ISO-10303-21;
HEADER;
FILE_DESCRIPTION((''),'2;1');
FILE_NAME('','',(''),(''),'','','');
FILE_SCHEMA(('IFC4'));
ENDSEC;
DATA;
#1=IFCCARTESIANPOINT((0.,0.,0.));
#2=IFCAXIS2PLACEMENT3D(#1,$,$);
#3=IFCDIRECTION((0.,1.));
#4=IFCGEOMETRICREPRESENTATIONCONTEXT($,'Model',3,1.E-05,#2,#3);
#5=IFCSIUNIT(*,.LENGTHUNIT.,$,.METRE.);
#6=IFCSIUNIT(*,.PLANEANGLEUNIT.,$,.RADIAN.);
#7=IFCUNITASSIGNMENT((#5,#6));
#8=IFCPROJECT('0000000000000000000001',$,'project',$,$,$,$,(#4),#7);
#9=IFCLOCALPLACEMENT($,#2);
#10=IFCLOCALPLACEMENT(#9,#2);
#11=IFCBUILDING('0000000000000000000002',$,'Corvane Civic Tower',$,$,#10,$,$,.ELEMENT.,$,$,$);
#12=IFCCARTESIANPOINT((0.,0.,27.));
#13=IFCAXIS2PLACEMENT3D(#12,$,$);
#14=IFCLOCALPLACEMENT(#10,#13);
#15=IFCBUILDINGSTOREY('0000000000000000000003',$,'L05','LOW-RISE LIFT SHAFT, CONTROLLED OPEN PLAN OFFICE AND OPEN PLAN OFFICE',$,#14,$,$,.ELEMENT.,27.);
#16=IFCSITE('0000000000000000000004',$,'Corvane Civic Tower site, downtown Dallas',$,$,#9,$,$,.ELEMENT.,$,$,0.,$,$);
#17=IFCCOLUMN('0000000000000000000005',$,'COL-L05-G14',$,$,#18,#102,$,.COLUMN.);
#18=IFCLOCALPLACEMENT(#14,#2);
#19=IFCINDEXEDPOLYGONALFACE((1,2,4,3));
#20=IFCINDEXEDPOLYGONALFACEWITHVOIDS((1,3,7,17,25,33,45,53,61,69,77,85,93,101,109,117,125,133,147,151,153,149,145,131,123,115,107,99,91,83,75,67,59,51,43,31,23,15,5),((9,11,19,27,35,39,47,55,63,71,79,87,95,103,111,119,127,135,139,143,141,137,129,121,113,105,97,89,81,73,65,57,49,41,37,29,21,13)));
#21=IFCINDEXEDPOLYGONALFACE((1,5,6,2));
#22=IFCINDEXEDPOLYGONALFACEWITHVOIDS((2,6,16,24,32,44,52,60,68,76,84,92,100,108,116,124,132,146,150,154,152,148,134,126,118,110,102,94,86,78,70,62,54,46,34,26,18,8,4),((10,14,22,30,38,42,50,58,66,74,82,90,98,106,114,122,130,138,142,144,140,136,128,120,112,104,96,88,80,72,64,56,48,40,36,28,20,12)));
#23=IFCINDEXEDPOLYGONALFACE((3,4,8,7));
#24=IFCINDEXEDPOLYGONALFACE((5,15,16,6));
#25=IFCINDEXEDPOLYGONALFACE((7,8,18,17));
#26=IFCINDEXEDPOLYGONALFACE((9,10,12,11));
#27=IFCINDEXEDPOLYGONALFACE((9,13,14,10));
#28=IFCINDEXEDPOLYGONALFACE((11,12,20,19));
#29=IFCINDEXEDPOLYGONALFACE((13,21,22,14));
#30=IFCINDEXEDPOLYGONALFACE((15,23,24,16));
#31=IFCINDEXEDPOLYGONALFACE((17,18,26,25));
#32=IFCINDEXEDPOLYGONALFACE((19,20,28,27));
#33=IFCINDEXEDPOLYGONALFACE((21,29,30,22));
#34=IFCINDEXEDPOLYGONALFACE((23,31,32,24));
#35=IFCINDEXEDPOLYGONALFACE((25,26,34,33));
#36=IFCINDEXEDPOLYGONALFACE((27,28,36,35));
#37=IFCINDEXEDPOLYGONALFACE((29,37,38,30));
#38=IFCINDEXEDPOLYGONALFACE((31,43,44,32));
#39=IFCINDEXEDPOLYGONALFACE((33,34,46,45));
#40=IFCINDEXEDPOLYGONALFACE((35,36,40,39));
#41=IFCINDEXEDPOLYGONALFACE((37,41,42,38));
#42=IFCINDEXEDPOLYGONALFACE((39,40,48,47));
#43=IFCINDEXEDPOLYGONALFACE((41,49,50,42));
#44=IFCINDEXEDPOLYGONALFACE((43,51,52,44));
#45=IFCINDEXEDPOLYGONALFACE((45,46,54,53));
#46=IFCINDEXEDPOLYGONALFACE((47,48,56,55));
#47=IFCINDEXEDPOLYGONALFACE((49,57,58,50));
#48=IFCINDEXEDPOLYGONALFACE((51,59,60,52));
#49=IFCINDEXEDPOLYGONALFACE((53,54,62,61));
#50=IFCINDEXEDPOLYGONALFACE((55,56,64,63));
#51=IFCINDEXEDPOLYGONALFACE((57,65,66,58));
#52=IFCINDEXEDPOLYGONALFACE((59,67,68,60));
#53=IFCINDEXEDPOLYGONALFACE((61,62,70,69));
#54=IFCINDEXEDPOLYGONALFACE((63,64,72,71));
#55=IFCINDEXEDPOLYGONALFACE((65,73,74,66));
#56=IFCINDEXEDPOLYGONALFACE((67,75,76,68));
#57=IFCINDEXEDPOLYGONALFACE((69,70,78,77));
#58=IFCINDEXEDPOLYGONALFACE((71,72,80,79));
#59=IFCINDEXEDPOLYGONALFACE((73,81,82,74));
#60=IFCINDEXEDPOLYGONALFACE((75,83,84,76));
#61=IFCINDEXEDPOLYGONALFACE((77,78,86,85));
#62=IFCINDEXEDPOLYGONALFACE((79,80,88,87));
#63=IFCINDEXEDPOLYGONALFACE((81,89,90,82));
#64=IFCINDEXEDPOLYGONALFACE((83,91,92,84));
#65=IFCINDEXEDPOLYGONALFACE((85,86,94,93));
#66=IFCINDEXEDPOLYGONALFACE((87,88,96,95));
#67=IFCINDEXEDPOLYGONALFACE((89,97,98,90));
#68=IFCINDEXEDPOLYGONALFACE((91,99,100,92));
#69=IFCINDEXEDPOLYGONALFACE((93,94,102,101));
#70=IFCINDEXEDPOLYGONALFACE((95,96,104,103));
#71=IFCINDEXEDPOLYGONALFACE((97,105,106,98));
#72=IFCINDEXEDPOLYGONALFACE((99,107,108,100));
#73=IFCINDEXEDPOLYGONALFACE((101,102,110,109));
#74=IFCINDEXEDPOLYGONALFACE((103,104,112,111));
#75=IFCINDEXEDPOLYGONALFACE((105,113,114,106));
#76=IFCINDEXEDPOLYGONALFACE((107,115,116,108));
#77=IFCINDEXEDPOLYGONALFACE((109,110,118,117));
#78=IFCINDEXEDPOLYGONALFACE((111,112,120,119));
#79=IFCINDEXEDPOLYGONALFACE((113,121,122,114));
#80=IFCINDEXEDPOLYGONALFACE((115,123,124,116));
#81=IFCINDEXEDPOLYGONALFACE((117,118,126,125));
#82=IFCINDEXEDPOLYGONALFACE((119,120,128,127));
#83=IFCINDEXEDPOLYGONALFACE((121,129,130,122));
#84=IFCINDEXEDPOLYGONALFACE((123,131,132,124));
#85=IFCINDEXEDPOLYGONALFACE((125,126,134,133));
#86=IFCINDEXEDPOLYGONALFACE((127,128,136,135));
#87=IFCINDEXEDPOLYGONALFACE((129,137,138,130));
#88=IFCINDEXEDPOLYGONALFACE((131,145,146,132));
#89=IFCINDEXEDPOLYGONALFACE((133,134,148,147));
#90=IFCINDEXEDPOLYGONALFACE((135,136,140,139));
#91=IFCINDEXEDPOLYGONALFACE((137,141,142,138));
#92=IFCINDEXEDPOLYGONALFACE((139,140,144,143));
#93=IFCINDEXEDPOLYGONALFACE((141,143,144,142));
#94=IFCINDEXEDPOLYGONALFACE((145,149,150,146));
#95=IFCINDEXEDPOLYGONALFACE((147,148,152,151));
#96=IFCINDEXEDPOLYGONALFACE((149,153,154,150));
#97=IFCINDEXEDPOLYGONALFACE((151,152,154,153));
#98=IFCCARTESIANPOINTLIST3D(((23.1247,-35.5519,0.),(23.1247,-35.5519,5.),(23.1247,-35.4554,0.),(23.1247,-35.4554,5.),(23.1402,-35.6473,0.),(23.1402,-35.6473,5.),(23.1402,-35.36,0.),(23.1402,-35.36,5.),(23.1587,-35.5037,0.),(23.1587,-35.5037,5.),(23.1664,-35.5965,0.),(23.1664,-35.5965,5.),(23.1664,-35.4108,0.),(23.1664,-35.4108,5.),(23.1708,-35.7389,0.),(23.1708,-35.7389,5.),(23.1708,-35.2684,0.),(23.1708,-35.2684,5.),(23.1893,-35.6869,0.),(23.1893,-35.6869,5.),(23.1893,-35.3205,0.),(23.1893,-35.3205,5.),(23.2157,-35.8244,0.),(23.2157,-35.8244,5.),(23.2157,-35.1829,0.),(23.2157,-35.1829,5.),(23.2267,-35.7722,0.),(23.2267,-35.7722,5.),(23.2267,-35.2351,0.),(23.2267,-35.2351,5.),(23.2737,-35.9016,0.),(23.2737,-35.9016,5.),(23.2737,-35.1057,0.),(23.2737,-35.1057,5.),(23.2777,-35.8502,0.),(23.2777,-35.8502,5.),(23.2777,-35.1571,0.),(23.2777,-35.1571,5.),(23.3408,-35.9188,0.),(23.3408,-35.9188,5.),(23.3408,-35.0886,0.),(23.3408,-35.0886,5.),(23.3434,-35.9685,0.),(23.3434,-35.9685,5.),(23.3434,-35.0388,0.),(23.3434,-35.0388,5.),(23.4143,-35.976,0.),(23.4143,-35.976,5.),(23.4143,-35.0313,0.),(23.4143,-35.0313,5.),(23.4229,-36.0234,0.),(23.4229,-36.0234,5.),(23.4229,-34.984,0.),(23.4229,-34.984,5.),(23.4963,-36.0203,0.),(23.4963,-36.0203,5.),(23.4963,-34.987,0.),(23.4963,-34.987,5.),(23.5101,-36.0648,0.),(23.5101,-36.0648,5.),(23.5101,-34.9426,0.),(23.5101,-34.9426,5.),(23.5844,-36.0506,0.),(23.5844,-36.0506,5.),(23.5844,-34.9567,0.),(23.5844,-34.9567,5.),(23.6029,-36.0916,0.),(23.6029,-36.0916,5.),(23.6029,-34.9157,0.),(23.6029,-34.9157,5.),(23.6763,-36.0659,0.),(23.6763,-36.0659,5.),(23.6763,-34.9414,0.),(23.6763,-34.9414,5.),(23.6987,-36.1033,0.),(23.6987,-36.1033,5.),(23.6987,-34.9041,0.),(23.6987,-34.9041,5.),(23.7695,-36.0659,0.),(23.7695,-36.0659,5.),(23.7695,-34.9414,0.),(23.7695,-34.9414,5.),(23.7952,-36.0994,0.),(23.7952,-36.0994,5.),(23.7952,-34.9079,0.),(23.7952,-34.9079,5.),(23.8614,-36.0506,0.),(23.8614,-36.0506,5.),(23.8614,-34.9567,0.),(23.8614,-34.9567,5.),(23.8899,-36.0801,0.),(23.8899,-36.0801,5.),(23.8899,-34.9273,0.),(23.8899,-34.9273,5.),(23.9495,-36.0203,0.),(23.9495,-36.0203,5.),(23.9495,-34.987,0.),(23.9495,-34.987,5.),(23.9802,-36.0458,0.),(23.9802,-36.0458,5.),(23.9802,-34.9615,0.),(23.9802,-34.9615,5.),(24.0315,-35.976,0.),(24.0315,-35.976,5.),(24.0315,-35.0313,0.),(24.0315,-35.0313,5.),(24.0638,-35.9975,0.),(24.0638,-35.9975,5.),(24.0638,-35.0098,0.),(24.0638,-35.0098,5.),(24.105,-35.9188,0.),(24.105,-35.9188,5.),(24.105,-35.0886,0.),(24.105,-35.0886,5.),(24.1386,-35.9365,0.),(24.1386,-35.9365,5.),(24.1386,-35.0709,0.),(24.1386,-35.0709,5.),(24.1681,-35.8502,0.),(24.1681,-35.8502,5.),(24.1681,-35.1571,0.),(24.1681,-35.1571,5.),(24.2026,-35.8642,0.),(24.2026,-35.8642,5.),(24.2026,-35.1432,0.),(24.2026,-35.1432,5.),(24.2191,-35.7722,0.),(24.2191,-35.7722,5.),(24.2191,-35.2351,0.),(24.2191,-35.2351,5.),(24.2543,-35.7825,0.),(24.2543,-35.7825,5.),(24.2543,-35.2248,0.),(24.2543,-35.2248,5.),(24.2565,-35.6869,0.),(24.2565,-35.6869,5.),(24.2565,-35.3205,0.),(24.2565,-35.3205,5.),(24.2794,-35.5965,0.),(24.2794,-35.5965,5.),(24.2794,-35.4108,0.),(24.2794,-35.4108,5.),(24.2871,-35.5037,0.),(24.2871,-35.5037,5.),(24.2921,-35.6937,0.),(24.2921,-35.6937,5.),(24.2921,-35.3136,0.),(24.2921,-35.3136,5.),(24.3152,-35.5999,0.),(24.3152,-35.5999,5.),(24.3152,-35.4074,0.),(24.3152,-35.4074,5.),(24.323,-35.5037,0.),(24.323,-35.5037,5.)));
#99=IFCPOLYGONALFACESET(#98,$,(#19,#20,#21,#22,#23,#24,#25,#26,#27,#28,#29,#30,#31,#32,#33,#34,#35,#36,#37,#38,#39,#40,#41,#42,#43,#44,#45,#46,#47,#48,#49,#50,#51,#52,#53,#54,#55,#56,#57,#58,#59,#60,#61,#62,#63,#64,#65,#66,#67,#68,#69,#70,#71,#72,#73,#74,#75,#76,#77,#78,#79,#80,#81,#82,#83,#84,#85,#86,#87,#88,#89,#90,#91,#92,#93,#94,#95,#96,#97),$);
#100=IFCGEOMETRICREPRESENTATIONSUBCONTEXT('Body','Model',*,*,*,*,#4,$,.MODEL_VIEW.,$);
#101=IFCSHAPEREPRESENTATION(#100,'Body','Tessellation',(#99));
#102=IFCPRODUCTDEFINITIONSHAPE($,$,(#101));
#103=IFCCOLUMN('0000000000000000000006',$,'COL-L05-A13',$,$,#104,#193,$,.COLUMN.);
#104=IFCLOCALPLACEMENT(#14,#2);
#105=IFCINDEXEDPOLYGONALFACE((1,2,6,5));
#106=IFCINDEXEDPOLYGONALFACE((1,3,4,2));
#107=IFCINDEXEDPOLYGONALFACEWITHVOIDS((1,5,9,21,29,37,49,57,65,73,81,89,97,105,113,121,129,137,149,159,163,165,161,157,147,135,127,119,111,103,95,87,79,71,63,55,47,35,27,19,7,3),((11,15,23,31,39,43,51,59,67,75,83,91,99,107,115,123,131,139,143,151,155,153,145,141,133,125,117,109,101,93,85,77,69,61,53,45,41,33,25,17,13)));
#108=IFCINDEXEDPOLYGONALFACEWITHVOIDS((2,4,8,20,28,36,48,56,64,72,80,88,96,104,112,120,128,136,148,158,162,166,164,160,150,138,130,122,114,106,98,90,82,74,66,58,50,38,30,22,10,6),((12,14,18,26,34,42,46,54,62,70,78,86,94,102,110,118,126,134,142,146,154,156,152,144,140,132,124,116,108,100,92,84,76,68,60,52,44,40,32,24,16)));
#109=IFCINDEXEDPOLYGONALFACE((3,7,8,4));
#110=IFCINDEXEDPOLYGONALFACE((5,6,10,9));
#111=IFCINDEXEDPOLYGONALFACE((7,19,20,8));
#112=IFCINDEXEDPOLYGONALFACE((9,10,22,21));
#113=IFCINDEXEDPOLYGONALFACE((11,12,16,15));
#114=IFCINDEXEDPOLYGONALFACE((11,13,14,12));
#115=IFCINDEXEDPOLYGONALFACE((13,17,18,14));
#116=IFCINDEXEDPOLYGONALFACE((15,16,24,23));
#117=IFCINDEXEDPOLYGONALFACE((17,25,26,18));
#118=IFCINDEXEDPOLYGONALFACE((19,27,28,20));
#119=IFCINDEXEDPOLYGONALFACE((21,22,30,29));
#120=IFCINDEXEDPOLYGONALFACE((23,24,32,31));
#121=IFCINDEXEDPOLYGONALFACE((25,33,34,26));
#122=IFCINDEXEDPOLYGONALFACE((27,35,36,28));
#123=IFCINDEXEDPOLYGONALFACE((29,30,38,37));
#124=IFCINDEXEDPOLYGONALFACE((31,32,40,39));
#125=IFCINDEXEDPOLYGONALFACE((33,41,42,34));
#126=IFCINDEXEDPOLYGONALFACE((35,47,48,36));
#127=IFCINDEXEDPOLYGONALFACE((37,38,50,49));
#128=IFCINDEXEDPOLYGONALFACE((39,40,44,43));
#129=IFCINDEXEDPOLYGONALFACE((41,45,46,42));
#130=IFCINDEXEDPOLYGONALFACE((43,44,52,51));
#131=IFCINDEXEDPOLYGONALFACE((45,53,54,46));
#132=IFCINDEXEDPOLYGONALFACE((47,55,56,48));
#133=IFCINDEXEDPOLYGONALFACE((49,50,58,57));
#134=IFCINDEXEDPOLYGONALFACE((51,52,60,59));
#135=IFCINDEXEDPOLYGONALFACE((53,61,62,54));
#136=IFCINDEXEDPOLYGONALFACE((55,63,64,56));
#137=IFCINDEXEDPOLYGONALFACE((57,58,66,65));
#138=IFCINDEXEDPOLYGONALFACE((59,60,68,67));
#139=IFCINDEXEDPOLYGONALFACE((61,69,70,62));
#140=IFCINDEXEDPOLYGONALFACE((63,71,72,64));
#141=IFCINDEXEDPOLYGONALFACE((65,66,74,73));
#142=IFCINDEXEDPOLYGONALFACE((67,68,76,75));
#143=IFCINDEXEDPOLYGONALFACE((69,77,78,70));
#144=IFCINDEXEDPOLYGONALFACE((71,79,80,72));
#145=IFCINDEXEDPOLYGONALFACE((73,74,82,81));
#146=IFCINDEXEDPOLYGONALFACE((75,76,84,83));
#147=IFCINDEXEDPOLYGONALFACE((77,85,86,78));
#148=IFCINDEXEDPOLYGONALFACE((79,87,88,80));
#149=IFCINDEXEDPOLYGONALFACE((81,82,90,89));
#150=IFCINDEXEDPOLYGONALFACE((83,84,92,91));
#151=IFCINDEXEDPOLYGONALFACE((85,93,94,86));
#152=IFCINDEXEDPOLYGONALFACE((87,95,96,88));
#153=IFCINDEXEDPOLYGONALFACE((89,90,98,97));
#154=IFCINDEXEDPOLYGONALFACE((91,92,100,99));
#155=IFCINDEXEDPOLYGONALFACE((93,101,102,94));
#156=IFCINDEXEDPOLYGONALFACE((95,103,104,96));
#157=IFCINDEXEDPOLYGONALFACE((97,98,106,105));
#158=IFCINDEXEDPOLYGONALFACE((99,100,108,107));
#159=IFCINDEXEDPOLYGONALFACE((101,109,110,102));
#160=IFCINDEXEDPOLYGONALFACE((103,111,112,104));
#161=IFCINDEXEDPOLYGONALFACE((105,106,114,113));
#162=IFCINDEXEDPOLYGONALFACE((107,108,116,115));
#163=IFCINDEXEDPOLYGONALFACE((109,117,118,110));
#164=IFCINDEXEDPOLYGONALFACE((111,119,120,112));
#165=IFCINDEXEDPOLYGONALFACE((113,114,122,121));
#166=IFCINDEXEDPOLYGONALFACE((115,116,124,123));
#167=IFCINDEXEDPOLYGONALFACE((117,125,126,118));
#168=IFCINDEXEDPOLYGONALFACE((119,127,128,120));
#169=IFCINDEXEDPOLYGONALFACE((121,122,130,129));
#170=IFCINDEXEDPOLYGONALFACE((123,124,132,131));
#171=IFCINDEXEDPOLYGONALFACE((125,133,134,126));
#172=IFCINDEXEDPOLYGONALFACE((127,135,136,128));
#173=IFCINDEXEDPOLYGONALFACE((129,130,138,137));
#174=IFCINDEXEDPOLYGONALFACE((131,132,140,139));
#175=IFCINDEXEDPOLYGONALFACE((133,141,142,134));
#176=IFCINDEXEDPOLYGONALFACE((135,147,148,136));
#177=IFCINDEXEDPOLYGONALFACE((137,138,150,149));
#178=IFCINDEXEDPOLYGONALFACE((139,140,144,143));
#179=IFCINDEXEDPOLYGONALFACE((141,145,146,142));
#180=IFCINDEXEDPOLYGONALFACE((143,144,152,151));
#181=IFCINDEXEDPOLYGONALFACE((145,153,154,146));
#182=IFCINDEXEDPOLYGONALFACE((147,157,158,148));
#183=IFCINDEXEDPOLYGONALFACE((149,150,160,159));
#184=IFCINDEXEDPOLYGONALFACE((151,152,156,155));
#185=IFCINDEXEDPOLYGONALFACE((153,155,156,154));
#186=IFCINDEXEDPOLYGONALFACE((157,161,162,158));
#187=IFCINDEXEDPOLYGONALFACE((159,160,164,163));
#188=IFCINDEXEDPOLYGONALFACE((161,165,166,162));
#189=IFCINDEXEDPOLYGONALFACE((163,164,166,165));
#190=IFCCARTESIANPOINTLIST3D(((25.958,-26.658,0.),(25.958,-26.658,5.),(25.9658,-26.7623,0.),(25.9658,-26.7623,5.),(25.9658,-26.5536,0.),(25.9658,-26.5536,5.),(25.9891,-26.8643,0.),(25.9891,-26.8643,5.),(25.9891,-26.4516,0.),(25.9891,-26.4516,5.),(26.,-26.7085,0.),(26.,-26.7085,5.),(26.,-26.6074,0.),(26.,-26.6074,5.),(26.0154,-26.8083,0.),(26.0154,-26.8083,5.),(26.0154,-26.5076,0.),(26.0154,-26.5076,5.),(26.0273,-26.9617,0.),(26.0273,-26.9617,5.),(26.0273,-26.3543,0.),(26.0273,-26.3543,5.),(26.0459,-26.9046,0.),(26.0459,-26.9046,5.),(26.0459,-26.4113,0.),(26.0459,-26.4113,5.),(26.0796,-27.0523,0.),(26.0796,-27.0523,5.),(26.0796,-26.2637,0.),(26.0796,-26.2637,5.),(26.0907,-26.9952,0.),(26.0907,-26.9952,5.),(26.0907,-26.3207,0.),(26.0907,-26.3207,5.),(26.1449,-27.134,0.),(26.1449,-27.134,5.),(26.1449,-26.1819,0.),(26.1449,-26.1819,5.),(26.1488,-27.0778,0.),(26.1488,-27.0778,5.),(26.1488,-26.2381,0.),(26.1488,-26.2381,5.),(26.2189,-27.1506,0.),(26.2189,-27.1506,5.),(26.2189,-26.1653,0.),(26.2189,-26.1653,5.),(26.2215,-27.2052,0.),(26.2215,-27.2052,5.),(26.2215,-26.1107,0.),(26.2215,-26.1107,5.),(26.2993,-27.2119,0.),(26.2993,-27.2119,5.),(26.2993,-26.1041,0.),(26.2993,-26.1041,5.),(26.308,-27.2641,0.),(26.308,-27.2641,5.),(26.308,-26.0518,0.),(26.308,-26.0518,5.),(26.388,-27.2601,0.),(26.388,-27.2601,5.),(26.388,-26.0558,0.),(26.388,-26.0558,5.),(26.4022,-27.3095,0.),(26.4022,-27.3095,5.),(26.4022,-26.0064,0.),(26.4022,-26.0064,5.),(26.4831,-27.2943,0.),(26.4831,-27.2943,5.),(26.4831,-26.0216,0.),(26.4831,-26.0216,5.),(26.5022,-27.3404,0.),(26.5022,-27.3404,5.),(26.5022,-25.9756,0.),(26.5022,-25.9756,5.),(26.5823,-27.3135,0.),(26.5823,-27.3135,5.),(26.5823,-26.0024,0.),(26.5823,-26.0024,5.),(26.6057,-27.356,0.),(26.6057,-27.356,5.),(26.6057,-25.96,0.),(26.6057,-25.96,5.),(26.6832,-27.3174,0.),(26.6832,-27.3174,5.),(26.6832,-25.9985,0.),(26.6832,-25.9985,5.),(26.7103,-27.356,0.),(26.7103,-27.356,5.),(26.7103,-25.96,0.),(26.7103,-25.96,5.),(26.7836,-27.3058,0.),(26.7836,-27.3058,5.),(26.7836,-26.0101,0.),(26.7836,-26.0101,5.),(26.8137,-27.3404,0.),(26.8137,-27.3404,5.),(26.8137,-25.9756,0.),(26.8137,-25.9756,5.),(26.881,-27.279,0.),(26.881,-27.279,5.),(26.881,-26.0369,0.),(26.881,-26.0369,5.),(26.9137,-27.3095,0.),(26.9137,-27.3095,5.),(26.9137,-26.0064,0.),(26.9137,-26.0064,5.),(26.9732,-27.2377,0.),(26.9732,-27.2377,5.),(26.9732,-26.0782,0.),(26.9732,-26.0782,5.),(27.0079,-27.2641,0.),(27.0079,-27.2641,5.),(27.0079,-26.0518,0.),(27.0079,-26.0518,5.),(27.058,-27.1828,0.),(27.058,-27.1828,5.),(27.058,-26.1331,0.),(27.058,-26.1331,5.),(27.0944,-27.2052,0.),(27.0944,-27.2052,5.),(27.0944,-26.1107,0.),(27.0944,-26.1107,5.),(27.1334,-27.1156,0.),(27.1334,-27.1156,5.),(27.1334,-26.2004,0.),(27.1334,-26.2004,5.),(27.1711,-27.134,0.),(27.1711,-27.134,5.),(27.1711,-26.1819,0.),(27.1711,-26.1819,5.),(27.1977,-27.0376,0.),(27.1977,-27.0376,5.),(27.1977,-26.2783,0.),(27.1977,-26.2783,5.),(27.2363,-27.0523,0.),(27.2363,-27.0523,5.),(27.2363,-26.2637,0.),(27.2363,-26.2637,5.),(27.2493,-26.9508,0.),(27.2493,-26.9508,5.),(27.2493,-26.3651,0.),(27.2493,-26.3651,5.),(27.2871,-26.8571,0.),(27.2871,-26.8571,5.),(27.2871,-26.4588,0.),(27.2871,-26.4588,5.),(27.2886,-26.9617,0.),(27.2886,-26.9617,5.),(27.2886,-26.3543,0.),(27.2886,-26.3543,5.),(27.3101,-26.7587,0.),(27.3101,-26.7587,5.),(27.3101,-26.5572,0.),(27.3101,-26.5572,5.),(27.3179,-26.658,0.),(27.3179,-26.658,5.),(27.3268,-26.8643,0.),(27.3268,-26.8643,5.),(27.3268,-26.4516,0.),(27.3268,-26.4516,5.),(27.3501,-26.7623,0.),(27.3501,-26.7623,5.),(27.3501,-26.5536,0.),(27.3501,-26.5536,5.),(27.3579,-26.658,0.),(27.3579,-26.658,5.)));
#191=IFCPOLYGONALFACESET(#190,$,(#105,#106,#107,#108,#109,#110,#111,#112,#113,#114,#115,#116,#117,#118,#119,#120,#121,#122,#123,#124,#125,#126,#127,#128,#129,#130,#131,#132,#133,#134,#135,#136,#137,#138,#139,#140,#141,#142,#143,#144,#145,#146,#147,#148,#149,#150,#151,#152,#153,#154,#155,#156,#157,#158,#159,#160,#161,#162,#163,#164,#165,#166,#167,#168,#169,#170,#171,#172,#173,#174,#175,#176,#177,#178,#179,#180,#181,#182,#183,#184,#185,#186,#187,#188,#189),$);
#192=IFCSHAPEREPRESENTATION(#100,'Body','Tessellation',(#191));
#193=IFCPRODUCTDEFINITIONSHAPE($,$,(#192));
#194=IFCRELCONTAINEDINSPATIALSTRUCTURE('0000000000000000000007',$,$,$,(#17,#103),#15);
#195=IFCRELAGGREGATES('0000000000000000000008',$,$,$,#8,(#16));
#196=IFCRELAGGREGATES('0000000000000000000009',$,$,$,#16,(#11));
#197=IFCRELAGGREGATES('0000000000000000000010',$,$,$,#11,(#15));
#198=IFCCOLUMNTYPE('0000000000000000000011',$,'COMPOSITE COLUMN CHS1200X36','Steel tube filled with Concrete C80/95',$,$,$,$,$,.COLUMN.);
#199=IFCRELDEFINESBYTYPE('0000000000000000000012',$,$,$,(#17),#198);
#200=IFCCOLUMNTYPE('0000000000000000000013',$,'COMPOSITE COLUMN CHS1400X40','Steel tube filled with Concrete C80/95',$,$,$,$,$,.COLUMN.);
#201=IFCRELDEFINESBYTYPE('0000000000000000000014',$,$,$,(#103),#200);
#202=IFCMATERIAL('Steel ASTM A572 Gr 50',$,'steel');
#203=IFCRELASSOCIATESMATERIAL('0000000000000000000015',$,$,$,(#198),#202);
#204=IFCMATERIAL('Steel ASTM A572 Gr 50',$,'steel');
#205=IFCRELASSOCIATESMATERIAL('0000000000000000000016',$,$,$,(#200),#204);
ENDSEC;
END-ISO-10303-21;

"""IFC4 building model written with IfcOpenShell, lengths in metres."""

from ifc_helpers import new_model, si_unit, direction, frame, origin, origin_2d, place, context, subcontext, project, spatial, hollow_circle, extrude, material, material_profile, profile_set, type_object, element, save


model = new_model("IFC4")

# Units and contexts
model_context = context("Model", 3, precision=1e-05, world=origin(), true_north=direction((0.0, 1.0)))
body_context = subcontext(model_context, "Body", "Model", "MODEL_VIEW")
ifc_project = project(units=[si_unit("LENGTHUNIT", "METRE"), si_unit("PLANEANGLEUNIT", "RADIAN")], contexts=[model_context])

# Site, building, storey
site_placement = place(None, origin())
site = spatial("IfcSite", under=ifc_project, at=site_placement, Name="Corvane Civic Tower site, downtown Dallas", CompositionType="ELEMENT", RefElevation=0.0)
building_placement = place(site_placement, origin())
building = spatial("IfcBuilding", under=site, at=building_placement, Name="Corvane Civic Tower", CompositionType="ELEMENT")
storey_placement = place(building_placement, frame((0.0, 0.0, 27.0)))
storey = spatial("IfcBuildingStorey", under=building, at=storey_placement, Name="L05", Description="LOW-RISE LIFT SHAFT, CONTROLLED OPEN PLAN OFFICE AND OPEN PLAN OFFICE", CompositionType="ELEMENT", Elevation=27.0)

# Columns
ifc_material_1 = material(Name="Steel ASTM A572 Gr 50", Category="steel")
ifc_material_profile_1 = material_profile(ifc_material_1, hollow_circle(Radius=0.6001, WallThickness=0.0359, at=origin_2d()), Name="CHS1200X36")
ifc_profile_set_1 = profile_set([ifc_material_profile_1], Name="Steel ASTM A572 Gr 50")
column_type_1 = type_object("IfcColumnType", Name="COMPOSITE COLUMN CHS1200X36", Description="Steel tube filled with Concrete C80/95", PredefinedType="COLUMN", material=ifc_profile_set_1)
for number, where, z_axis, x_axis, name in (
    (1, (23.7229, -35.5037, 0.0), (0.0, 0.0, 1.0), (1.0, 0.0, 0.0), "COL-L05-G14"),
):
    element("IfcColumn", number, at=place(storey_placement, frame(where, z_axis=z_axis, x_axis=x_axis)), inside=storey, type_object=column_type_1, Name=name, PredefinedType="COLUMN", context=body_context, shape_type="SweptSolid", body=[
        extrude(hollow_circle(Radius=0.6001, WallThickness=0.0359, at=origin_2d()), origin(), (0.0, 0.0, 1.0), 5.0),
    ])
ifc_material_2 = material(Name="Steel ASTM A572 Gr 50", Category="steel")
ifc_material_profile_2 = material_profile(ifc_material_2, hollow_circle(Radius=0.7, WallThickness=0.04, at=origin_2d()), Name="CHS1400X40")
ifc_profile_set_2 = profile_set([ifc_material_profile_2], Name="Steel ASTM A572 Gr 50")
column_type_2 = type_object("IfcColumnType", Name="COMPOSITE COLUMN CHS1400X40", Description="Steel tube filled with Concrete C80/95", PredefinedType="COLUMN", material=ifc_profile_set_2)
column_placement = place(storey_placement, frame((26.658, -26.658, 0.0), z_axis=(0.0, 0.0, 1.0), x_axis=(1.0, 0.0, 0.0)))
element("IfcColumn", 2, at=column_placement, inside=storey, type_object=column_type_2, Name="COL-L05-A13", PredefinedType="COLUMN", context=body_context, shape_type="SweptSolid", body=[
    extrude(hollow_circle(Radius=0.7, WallThickness=0.04, at=origin_2d()), origin(), (0.0, 0.0, 1.0), 5.0),
])

save(model, "model.ifc")
